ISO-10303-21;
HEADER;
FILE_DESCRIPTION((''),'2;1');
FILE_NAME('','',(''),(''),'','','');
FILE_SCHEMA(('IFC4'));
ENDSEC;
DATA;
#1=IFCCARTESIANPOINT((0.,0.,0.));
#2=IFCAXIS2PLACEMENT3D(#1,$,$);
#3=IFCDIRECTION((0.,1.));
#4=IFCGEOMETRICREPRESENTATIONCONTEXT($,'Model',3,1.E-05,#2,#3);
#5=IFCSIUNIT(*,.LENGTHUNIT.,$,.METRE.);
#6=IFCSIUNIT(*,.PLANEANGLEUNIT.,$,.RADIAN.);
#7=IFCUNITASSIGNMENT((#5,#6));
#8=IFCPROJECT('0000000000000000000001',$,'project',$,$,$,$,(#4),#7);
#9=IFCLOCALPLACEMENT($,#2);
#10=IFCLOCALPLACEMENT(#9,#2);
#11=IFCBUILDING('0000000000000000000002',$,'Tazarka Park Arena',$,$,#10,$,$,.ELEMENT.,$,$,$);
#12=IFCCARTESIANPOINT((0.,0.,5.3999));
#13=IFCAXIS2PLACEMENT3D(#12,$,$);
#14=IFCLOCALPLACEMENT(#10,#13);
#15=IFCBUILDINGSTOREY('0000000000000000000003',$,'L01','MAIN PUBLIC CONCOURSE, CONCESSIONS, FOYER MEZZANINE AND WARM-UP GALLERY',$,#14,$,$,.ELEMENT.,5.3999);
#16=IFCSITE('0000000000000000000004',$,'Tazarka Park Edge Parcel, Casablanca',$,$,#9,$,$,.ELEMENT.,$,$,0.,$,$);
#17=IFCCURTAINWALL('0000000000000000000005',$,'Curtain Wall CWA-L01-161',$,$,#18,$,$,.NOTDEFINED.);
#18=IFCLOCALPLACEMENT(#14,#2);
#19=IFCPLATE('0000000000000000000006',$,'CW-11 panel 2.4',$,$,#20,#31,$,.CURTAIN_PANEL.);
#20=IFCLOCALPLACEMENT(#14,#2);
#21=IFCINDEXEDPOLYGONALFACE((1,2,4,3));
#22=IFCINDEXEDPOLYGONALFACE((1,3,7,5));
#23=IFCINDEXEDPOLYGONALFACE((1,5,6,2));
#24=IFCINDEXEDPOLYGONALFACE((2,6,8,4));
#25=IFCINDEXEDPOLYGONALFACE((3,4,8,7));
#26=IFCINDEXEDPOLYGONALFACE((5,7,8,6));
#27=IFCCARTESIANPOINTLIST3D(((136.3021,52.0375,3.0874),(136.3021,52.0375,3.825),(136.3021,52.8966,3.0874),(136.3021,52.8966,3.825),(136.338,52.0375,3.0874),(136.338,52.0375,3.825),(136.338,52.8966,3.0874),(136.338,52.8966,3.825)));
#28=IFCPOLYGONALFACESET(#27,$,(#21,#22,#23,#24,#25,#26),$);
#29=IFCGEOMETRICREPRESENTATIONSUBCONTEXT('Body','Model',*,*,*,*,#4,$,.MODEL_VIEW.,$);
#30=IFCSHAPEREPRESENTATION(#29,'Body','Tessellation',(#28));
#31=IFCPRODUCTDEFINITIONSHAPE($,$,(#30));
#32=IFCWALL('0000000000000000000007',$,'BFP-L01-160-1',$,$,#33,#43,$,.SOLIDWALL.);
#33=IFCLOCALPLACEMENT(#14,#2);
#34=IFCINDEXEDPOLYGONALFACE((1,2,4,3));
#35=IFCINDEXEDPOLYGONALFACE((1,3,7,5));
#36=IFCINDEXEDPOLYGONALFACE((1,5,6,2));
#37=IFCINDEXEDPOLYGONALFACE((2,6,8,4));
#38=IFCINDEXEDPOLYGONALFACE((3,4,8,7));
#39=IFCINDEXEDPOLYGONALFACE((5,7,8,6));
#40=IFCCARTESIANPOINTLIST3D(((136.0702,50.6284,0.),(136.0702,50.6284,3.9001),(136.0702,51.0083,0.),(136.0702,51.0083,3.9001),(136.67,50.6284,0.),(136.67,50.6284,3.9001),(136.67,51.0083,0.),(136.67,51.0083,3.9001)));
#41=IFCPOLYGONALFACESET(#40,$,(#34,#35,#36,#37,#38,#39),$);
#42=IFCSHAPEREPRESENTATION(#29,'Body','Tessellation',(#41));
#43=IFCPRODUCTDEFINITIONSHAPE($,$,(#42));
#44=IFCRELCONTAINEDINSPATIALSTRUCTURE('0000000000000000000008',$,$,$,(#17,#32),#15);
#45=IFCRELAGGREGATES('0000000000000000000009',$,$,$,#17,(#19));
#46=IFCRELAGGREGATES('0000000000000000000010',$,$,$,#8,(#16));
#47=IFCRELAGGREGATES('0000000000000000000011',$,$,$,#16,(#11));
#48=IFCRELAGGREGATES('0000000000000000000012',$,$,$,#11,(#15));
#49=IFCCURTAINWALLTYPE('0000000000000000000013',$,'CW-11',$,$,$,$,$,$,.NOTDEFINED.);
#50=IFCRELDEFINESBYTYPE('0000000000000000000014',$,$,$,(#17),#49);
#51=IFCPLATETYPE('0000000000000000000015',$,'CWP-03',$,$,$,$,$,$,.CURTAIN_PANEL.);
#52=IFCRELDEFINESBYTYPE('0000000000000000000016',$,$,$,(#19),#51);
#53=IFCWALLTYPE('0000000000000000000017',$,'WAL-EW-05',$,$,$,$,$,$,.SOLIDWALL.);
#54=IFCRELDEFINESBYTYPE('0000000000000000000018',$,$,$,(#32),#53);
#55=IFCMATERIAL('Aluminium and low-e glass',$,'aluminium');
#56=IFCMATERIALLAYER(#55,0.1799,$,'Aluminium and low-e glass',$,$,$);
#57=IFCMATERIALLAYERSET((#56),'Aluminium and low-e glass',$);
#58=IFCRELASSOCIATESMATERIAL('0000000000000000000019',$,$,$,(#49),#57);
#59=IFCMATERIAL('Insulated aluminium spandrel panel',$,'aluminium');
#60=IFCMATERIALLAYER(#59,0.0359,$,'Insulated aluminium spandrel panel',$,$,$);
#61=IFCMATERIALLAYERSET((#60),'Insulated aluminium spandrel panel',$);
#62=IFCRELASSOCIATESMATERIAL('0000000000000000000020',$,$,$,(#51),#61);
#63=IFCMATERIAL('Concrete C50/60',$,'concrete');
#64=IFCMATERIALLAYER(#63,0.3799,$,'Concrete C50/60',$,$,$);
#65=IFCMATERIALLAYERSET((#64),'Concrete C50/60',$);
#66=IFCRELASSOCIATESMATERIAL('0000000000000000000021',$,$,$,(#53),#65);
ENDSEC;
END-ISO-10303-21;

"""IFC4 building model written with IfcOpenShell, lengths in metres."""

from ifc_helpers import new_model, si_unit, direction, frame, frame_2d, origin, origin_2d, place, context, subcontext, project, spatial, rectangle, extrude, material, layer, layer_set, type_object, element, aggregate, save


model = new_model("IFC4")

# Units and contexts
model_context = context("Model", 3, precision=1e-05, world=origin(), true_north=direction((0.0, 1.0)))
body_context = subcontext(model_context, "Body", "Model", "MODEL_VIEW")
ifc_project = project(units=[si_unit("LENGTHUNIT", "METRE"), si_unit("PLANEANGLEUNIT", "RADIAN")], contexts=[model_context])

# Site, building, storey
site_placement = place(None, origin())
site = spatial("IfcSite", under=ifc_project, at=site_placement, Name="Tazarka Park Edge Parcel, Casablanca", CompositionType="ELEMENT", RefElevation=0.0)
building_placement = place(site_placement, origin())
building = spatial("IfcBuilding", under=site, at=building_placement, Name="Tazarka Park Arena", CompositionType="ELEMENT")
storey_placement = place(building_placement, frame((0.0, 0.0, 5.3999)))
storey = spatial("IfcBuildingStorey", under=building, at=storey_placement, Name="L01", Description="MAIN PUBLIC CONCOURSE, CONCESSIONS, FOYER MEZZANINE AND WARM-UP GALLERY", CompositionType="ELEMENT", Elevation=5.3999)

# Curtain wall
ifc_material_1 = material(Name="Aluminium and low-e glass", Category="aluminium")
ifc_layer_1 = layer(ifc_material_1, 0.1799, Name="Aluminium and low-e glass")
ifc_layer_set_1 = layer_set([ifc_layer_1], Name="Aluminium and low-e glass")
curtain_wall_type_1 = type_object("IfcCurtainWallType", Name="CW-11", PredefinedType="NOTDEFINED", material=ifc_layer_set_1)
curtain_wall_1_placement = place(storey_placement, origin())
curtain_wall_1 = element("IfcCurtainWall", 1, at=curtain_wall_1_placement, inside=storey, type_object=curtain_wall_type_1, Name="Curtain Wall CWA-L01-161", PredefinedType="NOTDEFINED")

# Plate
ifc_material_2 = material(Name="Insulated aluminium spandrel panel", Category="aluminium")
ifc_layer_2 = layer(ifc_material_2, 0.0359, Name="Insulated aluminium spandrel panel")
ifc_layer_set_2 = layer_set([ifc_layer_2], Name="Insulated aluminium spandrel panel")
plate_type_1 = type_object("IfcPlateType", Name="CWP-03", PredefinedType="CURTAIN_PANEL", material=ifc_layer_set_2)
plate_1_placement = place(storey_placement, frame((136.3201, 52.467, 3.0874), z_axis=(0.0, 0.0, 1.0), x_axis=(0.0, 1.0, 0.0)))
plate_1 = element("IfcPlate", 2, at=plate_1_placement, type_object=plate_type_1, Name="CW-11 panel 2.4", PredefinedType="CURTAIN_PANEL", context=body_context, shape_type="SweptSolid", body=[
    extrude(rectangle(XDim=0.8591, YDim=0.0359, at=origin_2d()), origin(), (0.0, 0.0, 1.0), 0.7375),
])
aggregate(curtain_wall_1, [plate_1])

# Wall
ifc_material_3 = material(Name="Concrete C50/60", Category="concrete")
ifc_layer_3 = layer(ifc_material_3, 0.3799, Name="Concrete C50/60")
ifc_layer_set_3 = layer_set([ifc_layer_3], Name="Concrete C50/60")
wall_type = type_object("IfcWallType", Name="WAL-EW-05", PredefinedType="SOLIDWALL", material=ifc_layer_set_3)
wall_placement = place(storey_placement, frame((136.6699, 50.8184, 0.0), z_axis=(0.0, 0.0, 1.0), x_axis=(-1.0, 0.0, 0.0)))
element("IfcWall", 3, at=wall_placement, inside=storey, type_object=wall_type, Name="BFP-L01-160-1", PredefinedType="SOLIDWALL", context=body_context, shape_type="SweptSolid", body=[
    extrude(rectangle(XDim=0.5999, YDim=0.3799, at=frame_2d((0.2998, 0.0))), origin(), (0.0, 0.0, 1.0), 3.9001),
])

save(model, "model.ifc")
